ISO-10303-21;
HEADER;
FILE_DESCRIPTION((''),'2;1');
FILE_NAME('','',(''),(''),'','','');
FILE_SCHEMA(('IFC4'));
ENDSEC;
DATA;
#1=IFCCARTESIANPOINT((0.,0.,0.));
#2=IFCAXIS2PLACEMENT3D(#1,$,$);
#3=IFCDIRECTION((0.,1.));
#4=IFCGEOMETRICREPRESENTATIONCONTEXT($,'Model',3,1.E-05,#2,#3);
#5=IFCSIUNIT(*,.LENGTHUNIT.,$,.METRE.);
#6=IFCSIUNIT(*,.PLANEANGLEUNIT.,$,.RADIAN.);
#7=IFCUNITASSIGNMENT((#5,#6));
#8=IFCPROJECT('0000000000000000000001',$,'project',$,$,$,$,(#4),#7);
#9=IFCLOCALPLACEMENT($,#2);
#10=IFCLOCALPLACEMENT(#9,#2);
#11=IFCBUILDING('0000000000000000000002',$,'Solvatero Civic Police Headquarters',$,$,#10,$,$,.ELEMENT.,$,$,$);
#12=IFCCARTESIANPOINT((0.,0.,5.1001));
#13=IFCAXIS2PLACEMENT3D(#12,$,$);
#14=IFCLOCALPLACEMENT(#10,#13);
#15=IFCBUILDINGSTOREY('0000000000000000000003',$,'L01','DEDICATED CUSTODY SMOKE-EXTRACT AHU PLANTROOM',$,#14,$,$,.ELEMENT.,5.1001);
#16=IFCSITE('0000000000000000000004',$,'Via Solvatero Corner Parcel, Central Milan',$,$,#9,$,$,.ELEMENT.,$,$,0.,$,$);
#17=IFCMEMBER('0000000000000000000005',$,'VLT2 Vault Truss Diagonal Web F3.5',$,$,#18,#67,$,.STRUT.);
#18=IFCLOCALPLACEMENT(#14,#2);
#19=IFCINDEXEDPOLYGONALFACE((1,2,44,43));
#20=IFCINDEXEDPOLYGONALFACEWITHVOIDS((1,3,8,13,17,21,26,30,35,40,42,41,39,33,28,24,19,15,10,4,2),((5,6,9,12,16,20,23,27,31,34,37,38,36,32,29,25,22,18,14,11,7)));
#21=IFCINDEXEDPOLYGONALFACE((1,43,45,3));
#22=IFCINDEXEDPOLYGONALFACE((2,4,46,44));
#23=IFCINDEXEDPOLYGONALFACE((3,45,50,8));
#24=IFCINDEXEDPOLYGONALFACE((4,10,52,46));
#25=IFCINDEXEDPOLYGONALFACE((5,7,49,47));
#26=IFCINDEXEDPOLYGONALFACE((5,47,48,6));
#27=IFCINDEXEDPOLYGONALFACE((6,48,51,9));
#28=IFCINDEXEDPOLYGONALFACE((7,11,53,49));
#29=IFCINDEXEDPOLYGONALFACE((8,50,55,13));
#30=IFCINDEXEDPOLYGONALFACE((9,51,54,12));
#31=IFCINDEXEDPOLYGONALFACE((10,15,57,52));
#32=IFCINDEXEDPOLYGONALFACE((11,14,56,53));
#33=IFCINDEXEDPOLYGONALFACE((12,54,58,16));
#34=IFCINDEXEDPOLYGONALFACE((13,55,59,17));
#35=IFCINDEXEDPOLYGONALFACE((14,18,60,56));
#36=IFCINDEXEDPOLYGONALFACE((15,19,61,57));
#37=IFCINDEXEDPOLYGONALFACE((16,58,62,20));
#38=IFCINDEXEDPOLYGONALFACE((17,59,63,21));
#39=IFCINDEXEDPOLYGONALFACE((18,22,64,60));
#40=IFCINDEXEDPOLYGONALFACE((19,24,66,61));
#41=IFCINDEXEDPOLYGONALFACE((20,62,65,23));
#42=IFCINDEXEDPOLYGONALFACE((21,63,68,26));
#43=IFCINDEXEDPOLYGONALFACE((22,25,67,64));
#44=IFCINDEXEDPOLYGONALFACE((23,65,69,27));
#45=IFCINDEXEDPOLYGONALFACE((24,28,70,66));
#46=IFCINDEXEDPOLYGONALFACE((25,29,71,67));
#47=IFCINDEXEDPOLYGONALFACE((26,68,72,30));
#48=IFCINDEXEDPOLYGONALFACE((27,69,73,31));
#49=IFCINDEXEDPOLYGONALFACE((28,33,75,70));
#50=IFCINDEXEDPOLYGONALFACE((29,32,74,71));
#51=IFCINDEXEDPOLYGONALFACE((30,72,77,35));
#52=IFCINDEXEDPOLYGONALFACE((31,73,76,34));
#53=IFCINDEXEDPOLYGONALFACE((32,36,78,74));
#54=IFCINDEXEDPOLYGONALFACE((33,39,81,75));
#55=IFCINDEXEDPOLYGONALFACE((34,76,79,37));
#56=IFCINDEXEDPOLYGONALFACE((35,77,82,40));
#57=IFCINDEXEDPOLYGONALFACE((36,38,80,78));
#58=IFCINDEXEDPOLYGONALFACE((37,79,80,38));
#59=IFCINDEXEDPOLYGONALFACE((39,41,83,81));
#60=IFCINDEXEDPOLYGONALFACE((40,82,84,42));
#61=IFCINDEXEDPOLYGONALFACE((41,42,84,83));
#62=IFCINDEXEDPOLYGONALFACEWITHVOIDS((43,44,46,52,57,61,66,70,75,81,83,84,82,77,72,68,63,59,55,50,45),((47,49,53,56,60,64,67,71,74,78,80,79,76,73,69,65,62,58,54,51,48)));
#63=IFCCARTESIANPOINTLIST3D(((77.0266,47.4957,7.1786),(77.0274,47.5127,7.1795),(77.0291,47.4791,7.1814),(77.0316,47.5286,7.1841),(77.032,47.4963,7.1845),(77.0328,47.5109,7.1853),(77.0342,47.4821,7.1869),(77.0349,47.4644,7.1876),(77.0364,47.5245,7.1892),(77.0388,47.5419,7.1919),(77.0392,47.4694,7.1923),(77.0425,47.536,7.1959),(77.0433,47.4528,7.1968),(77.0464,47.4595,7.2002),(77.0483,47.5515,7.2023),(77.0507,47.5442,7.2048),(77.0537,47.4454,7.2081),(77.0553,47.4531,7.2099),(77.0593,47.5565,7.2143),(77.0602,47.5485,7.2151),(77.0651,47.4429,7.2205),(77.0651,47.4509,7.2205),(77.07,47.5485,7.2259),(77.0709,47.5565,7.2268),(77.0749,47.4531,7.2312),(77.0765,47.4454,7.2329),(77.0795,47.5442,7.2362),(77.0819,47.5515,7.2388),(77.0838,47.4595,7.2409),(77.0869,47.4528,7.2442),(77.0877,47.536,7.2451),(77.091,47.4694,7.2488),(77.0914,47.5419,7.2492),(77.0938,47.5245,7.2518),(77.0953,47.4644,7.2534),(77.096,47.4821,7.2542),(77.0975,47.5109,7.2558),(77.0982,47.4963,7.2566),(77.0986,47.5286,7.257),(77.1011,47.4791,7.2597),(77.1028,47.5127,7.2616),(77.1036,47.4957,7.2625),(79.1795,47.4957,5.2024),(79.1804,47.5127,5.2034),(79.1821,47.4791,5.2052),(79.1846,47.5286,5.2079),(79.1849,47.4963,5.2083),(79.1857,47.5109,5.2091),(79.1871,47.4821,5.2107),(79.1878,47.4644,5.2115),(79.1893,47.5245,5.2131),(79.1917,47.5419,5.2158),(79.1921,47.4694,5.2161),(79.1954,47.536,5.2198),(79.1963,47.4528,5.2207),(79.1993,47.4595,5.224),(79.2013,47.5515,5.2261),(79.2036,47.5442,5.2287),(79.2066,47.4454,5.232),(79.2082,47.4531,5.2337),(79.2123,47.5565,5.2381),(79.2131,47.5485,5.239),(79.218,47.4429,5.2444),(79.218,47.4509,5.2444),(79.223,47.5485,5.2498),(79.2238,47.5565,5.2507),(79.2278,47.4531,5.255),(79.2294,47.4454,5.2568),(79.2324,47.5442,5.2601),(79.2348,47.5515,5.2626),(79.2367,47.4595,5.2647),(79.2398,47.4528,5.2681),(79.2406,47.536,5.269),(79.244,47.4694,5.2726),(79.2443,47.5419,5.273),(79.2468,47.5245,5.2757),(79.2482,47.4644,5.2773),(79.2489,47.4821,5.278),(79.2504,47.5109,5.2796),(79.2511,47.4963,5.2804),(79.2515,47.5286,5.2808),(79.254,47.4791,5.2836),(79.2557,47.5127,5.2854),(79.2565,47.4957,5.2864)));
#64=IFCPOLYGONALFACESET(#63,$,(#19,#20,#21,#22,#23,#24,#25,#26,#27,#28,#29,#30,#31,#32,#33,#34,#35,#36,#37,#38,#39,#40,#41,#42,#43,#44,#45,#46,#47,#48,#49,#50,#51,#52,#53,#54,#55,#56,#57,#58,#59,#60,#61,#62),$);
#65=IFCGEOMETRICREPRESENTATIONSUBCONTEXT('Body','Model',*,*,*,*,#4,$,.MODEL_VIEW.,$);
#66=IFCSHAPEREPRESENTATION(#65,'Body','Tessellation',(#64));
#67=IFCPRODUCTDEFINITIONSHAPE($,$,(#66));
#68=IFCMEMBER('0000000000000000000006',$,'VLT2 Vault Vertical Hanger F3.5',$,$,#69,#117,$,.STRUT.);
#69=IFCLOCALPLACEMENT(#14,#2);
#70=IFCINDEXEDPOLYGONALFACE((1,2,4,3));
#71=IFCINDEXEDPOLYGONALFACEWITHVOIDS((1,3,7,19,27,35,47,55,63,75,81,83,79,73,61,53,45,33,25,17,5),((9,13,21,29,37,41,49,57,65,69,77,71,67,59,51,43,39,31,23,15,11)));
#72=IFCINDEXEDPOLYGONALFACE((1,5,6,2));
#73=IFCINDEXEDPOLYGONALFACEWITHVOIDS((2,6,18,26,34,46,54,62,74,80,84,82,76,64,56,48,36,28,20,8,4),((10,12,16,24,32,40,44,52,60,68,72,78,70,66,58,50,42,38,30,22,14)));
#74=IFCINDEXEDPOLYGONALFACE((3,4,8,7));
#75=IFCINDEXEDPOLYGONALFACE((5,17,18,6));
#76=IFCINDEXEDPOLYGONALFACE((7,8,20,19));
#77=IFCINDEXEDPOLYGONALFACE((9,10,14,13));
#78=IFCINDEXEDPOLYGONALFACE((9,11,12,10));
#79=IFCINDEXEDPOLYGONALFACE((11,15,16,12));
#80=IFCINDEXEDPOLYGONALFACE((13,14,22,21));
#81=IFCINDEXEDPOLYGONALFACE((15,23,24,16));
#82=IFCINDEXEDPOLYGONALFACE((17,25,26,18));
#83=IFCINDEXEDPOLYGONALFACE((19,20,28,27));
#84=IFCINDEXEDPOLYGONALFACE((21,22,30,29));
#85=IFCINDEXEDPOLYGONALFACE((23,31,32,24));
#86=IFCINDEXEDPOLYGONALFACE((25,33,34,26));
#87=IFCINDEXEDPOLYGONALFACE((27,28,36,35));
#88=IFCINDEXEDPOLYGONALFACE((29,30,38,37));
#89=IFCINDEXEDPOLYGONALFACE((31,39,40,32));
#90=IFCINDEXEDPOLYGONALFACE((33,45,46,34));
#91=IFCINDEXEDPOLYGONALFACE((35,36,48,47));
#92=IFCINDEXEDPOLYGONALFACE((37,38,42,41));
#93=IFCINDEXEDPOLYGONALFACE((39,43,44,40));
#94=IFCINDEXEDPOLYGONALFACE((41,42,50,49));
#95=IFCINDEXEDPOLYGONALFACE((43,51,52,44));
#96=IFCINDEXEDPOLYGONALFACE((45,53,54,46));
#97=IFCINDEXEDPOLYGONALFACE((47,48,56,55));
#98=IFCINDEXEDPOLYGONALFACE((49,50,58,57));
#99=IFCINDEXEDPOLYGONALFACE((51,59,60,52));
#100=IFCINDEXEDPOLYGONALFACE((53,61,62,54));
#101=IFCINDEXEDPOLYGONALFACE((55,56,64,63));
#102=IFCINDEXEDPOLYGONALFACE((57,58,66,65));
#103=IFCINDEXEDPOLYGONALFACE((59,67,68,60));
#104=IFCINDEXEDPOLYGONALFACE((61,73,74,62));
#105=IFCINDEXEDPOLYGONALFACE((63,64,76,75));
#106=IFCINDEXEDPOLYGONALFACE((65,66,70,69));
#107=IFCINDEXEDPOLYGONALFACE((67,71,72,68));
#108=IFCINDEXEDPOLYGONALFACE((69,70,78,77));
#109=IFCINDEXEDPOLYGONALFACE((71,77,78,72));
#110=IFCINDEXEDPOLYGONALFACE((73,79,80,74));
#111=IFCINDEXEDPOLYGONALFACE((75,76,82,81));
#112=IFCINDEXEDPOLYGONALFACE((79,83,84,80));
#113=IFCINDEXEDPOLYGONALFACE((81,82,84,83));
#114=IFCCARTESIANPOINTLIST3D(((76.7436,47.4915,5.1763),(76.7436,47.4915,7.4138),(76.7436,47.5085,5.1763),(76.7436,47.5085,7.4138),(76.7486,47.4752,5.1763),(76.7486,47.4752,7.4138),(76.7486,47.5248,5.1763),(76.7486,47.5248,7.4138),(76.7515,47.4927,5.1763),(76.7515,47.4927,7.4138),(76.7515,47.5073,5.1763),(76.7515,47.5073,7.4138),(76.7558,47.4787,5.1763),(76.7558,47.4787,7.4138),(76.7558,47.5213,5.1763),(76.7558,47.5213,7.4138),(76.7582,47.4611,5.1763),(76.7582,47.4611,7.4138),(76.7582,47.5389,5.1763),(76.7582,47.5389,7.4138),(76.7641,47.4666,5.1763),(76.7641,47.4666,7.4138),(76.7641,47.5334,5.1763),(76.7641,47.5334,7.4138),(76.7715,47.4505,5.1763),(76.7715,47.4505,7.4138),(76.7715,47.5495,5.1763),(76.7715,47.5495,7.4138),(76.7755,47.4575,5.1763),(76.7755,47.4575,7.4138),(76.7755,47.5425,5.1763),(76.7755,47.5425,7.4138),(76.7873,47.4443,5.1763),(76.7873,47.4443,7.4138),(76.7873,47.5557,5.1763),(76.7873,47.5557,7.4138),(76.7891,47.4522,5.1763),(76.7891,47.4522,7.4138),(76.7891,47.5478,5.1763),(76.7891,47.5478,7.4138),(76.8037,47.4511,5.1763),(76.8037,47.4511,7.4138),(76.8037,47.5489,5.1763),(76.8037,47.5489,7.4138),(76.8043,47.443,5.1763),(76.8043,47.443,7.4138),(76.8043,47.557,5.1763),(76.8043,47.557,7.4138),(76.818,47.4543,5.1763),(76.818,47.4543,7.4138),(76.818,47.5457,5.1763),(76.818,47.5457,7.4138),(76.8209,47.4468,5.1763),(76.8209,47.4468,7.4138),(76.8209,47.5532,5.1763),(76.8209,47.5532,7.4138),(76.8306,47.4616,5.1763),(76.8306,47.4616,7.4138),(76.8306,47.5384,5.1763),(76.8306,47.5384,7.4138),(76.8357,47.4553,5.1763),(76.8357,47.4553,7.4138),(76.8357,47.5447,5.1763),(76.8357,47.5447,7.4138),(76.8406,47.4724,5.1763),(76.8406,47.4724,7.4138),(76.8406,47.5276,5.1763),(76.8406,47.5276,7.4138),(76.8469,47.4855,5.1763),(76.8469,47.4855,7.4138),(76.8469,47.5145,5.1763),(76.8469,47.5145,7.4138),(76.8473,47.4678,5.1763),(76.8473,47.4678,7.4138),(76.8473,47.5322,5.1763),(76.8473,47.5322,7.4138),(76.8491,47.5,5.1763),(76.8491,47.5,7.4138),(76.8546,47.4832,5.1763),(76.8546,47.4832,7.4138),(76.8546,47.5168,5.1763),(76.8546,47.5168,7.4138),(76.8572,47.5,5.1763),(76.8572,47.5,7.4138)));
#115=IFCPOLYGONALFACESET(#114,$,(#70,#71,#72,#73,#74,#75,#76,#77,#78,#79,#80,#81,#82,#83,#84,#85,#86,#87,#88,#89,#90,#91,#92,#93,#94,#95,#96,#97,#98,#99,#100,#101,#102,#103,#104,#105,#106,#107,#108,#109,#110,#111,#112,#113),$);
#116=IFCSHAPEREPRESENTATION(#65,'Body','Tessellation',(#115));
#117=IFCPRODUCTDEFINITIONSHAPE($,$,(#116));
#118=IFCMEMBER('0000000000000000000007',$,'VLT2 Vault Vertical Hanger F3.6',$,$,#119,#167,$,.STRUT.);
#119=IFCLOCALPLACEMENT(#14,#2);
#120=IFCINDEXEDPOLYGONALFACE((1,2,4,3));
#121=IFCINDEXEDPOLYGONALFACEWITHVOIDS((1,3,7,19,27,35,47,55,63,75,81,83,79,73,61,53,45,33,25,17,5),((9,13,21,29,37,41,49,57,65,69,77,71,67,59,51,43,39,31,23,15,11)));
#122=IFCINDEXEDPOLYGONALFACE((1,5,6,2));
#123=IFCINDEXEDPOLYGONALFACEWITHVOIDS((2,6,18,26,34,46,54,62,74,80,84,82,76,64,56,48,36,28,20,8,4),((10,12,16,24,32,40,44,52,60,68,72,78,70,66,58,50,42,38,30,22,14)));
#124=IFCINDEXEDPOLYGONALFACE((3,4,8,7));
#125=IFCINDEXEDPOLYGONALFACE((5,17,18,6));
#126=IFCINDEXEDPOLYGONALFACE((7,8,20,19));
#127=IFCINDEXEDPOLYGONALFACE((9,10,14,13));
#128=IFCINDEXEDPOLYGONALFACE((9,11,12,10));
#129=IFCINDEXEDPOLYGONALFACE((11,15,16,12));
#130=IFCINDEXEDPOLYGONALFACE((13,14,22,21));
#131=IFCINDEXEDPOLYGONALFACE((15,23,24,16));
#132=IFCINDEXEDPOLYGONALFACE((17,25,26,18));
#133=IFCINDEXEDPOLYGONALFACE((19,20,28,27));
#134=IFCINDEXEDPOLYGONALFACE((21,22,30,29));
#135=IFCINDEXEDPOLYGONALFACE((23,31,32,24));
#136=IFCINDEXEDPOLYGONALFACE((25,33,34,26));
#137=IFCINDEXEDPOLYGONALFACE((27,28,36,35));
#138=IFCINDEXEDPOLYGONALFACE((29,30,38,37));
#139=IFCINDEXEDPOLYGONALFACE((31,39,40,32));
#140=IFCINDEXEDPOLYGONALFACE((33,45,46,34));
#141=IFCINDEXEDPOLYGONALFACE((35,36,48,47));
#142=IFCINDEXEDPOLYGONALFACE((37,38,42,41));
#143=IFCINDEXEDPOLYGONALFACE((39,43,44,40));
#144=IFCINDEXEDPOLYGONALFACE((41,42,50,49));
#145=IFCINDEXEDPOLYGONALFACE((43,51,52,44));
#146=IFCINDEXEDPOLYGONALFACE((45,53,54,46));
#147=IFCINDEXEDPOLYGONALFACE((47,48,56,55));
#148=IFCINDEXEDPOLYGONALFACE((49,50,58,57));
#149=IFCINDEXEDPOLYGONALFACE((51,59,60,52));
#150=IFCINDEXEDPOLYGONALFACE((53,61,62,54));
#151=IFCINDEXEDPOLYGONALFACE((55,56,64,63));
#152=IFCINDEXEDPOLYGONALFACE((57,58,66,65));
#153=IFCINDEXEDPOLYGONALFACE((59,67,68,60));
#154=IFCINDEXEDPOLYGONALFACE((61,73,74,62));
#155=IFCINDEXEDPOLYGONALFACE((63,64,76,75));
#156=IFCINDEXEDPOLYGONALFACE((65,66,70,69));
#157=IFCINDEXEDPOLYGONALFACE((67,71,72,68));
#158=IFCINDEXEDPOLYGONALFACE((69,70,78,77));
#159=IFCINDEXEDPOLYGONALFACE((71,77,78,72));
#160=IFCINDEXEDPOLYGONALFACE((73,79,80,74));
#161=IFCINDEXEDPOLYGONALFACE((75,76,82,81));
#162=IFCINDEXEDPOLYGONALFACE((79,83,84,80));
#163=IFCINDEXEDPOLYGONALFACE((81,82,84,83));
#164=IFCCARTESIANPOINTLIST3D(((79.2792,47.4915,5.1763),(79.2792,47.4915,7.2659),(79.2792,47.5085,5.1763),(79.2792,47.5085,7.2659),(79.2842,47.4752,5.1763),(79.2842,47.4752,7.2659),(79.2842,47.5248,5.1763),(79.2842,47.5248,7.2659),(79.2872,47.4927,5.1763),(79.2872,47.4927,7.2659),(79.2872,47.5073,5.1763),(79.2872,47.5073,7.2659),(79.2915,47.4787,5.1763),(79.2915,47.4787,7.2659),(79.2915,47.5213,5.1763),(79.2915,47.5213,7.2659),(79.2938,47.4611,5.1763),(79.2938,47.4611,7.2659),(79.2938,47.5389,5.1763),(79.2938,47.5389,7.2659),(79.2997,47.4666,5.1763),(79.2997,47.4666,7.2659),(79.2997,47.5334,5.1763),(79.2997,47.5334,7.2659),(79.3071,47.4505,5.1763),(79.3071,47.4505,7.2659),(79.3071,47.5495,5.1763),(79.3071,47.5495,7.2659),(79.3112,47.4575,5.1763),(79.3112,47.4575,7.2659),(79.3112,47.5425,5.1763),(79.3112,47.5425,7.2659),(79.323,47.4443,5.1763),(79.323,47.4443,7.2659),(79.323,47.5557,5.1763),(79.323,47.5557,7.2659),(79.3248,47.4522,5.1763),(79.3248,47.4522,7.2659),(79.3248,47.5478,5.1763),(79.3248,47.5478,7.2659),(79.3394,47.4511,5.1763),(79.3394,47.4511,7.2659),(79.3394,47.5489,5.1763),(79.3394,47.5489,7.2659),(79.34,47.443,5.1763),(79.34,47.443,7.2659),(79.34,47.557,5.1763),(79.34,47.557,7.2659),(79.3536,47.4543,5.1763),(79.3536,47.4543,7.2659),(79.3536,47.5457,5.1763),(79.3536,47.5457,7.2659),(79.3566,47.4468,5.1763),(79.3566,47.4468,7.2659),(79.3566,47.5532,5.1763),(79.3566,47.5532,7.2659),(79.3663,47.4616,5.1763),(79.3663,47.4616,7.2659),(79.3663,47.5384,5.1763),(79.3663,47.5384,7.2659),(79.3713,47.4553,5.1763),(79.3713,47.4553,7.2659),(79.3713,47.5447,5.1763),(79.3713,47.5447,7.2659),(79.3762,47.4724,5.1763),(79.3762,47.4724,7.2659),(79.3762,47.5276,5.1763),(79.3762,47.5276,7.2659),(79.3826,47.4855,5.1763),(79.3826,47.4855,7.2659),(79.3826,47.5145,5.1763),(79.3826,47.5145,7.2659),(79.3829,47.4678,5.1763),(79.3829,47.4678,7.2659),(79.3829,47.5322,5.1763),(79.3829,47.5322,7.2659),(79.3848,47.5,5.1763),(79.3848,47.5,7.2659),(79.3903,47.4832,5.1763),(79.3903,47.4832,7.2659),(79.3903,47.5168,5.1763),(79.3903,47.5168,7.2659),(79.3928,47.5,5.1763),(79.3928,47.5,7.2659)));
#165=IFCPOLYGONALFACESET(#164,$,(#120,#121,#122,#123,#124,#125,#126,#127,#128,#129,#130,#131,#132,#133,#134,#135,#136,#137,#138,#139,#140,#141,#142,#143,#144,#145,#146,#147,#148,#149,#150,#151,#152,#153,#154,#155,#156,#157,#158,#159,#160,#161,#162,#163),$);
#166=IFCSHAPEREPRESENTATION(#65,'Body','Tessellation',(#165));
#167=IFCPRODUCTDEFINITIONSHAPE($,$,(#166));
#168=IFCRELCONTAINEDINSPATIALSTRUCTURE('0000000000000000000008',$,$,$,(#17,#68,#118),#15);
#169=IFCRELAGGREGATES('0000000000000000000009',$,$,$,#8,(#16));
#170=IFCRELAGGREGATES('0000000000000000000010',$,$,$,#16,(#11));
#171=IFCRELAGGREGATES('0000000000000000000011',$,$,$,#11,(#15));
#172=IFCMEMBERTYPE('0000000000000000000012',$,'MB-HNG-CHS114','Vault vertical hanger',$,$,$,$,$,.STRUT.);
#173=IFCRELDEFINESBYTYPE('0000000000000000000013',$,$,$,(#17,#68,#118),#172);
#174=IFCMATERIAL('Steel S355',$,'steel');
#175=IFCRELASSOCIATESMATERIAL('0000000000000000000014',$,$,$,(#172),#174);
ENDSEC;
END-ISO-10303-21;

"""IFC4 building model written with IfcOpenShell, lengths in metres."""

from ifc_helpers import new_model, si_unit, direction, frame, origin, origin_2d, place, context, subcontext, project, spatial, hollow_circle, extrude, material, material_profile, profile_set, type_object, element, save


model = new_model("IFC4")

# Units and contexts
model_context = context("Model", 3, precision=1e-05, world=origin(), true_north=direction((0.0, 1.0)))
body_context = subcontext(model_context, "Body", "Model", "MODEL_VIEW")
ifc_project = project(units=[si_unit("LENGTHUNIT", "METRE"), si_unit("PLANEANGLEUNIT", "RADIAN")], contexts=[model_context])

# Site, building, storey
site_placement = place(None, origin())
site = spatial("IfcSite", under=ifc_project, at=site_placement, Name="Via Solvatero Corner Parcel, Central Milan", CompositionType="ELEMENT", RefElevation=0.0)
building_placement = place(site_placement, origin())
building = spatial("IfcBuilding", under=site, at=building_placement, Name="Solvatero Civic Police Headquarters", CompositionType="ELEMENT")
storey_placement = place(building_placement, frame((0.0, 0.0, 5.1001)))
storey = spatial("IfcBuildingStorey", under=building, at=storey_placement, Name="L01", Description="DEDICATED CUSTODY SMOKE-EXTRACT AHU PLANTROOM", CompositionType="ELEMENT", Elevation=5.1001)

# Shared definitions
ifc_material = material(Name="Steel S355", Category="steel")

# Members
ifc_material_profile_1 = material_profile(ifc_material, hollow_circle(Radius=0.0571, WallThickness=0.0081, at=origin_2d()), Name="CHS 114.3x8.0")
ifc_profile_set_1 = profile_set([ifc_material_profile_1], Name="Steel S355")
member_type_1 = type_object("IfcMemberType", Name="MB-HNG-CHS114", Description="Vault vertical hanger", PredefinedType="STRUT", material=ifc_profile_set_1)
member_1_placement = place(storey_placement, frame((79.218, 47.5, 5.2444), z_axis=(-0.736703, 0.0, 0.676216), x_axis=(0.0, -1.0, 0.0)))
element("IfcMember", 1, at=member_1_placement, inside=storey, type_object=member_type_1, Name="VLT2 Vault Truss Diagonal Web F3.5", PredefinedType="STRUT", context=body_context, shape_type="SweptSolid", body=[
    extrude(hollow_circle(Radius=0.0571, WallThickness=0.0081, at=origin_2d()), origin(), (0.0, 0.0, 1.0), 2.9224),
])
member_2_placement = place(storey_placement, frame((76.8, 47.5, 5.1763), z_axis=(0.0, 0.0, 1.0), x_axis=(1.0, 0.0, 0.0)))
element("IfcMember", 2, at=member_2_placement, inside=storey, type_object=member_type_1, Name="VLT2 Vault Vertical Hanger F3.5", PredefinedType="STRUT", context=body_context, shape_type="SweptSolid", body=[
    extrude(hollow_circle(Radius=0.0571, WallThickness=0.0081, at=origin_2d()), origin(), (0.0, 0.0, 1.0), 2.2375),
])
member_3_placement = place(storey_placement, frame((79.3357, 47.5, 5.1763), z_axis=(0.0, 0.0, 1.0), x_axis=(1.0, 0.0, 0.0)))
element("IfcMember", 3, at=member_3_placement, inside=storey, type_object=member_type_1, Name="VLT2 Vault Vertical Hanger F3.6", PredefinedType="STRUT", context=body_context, shape_type="SweptSolid", body=[
    extrude(hollow_circle(Radius=0.0571, WallThickness=0.0081, at=origin_2d()), origin(), (0.0, 0.0, 1.0), 2.0896),
])

save(model, "model.ifc")
